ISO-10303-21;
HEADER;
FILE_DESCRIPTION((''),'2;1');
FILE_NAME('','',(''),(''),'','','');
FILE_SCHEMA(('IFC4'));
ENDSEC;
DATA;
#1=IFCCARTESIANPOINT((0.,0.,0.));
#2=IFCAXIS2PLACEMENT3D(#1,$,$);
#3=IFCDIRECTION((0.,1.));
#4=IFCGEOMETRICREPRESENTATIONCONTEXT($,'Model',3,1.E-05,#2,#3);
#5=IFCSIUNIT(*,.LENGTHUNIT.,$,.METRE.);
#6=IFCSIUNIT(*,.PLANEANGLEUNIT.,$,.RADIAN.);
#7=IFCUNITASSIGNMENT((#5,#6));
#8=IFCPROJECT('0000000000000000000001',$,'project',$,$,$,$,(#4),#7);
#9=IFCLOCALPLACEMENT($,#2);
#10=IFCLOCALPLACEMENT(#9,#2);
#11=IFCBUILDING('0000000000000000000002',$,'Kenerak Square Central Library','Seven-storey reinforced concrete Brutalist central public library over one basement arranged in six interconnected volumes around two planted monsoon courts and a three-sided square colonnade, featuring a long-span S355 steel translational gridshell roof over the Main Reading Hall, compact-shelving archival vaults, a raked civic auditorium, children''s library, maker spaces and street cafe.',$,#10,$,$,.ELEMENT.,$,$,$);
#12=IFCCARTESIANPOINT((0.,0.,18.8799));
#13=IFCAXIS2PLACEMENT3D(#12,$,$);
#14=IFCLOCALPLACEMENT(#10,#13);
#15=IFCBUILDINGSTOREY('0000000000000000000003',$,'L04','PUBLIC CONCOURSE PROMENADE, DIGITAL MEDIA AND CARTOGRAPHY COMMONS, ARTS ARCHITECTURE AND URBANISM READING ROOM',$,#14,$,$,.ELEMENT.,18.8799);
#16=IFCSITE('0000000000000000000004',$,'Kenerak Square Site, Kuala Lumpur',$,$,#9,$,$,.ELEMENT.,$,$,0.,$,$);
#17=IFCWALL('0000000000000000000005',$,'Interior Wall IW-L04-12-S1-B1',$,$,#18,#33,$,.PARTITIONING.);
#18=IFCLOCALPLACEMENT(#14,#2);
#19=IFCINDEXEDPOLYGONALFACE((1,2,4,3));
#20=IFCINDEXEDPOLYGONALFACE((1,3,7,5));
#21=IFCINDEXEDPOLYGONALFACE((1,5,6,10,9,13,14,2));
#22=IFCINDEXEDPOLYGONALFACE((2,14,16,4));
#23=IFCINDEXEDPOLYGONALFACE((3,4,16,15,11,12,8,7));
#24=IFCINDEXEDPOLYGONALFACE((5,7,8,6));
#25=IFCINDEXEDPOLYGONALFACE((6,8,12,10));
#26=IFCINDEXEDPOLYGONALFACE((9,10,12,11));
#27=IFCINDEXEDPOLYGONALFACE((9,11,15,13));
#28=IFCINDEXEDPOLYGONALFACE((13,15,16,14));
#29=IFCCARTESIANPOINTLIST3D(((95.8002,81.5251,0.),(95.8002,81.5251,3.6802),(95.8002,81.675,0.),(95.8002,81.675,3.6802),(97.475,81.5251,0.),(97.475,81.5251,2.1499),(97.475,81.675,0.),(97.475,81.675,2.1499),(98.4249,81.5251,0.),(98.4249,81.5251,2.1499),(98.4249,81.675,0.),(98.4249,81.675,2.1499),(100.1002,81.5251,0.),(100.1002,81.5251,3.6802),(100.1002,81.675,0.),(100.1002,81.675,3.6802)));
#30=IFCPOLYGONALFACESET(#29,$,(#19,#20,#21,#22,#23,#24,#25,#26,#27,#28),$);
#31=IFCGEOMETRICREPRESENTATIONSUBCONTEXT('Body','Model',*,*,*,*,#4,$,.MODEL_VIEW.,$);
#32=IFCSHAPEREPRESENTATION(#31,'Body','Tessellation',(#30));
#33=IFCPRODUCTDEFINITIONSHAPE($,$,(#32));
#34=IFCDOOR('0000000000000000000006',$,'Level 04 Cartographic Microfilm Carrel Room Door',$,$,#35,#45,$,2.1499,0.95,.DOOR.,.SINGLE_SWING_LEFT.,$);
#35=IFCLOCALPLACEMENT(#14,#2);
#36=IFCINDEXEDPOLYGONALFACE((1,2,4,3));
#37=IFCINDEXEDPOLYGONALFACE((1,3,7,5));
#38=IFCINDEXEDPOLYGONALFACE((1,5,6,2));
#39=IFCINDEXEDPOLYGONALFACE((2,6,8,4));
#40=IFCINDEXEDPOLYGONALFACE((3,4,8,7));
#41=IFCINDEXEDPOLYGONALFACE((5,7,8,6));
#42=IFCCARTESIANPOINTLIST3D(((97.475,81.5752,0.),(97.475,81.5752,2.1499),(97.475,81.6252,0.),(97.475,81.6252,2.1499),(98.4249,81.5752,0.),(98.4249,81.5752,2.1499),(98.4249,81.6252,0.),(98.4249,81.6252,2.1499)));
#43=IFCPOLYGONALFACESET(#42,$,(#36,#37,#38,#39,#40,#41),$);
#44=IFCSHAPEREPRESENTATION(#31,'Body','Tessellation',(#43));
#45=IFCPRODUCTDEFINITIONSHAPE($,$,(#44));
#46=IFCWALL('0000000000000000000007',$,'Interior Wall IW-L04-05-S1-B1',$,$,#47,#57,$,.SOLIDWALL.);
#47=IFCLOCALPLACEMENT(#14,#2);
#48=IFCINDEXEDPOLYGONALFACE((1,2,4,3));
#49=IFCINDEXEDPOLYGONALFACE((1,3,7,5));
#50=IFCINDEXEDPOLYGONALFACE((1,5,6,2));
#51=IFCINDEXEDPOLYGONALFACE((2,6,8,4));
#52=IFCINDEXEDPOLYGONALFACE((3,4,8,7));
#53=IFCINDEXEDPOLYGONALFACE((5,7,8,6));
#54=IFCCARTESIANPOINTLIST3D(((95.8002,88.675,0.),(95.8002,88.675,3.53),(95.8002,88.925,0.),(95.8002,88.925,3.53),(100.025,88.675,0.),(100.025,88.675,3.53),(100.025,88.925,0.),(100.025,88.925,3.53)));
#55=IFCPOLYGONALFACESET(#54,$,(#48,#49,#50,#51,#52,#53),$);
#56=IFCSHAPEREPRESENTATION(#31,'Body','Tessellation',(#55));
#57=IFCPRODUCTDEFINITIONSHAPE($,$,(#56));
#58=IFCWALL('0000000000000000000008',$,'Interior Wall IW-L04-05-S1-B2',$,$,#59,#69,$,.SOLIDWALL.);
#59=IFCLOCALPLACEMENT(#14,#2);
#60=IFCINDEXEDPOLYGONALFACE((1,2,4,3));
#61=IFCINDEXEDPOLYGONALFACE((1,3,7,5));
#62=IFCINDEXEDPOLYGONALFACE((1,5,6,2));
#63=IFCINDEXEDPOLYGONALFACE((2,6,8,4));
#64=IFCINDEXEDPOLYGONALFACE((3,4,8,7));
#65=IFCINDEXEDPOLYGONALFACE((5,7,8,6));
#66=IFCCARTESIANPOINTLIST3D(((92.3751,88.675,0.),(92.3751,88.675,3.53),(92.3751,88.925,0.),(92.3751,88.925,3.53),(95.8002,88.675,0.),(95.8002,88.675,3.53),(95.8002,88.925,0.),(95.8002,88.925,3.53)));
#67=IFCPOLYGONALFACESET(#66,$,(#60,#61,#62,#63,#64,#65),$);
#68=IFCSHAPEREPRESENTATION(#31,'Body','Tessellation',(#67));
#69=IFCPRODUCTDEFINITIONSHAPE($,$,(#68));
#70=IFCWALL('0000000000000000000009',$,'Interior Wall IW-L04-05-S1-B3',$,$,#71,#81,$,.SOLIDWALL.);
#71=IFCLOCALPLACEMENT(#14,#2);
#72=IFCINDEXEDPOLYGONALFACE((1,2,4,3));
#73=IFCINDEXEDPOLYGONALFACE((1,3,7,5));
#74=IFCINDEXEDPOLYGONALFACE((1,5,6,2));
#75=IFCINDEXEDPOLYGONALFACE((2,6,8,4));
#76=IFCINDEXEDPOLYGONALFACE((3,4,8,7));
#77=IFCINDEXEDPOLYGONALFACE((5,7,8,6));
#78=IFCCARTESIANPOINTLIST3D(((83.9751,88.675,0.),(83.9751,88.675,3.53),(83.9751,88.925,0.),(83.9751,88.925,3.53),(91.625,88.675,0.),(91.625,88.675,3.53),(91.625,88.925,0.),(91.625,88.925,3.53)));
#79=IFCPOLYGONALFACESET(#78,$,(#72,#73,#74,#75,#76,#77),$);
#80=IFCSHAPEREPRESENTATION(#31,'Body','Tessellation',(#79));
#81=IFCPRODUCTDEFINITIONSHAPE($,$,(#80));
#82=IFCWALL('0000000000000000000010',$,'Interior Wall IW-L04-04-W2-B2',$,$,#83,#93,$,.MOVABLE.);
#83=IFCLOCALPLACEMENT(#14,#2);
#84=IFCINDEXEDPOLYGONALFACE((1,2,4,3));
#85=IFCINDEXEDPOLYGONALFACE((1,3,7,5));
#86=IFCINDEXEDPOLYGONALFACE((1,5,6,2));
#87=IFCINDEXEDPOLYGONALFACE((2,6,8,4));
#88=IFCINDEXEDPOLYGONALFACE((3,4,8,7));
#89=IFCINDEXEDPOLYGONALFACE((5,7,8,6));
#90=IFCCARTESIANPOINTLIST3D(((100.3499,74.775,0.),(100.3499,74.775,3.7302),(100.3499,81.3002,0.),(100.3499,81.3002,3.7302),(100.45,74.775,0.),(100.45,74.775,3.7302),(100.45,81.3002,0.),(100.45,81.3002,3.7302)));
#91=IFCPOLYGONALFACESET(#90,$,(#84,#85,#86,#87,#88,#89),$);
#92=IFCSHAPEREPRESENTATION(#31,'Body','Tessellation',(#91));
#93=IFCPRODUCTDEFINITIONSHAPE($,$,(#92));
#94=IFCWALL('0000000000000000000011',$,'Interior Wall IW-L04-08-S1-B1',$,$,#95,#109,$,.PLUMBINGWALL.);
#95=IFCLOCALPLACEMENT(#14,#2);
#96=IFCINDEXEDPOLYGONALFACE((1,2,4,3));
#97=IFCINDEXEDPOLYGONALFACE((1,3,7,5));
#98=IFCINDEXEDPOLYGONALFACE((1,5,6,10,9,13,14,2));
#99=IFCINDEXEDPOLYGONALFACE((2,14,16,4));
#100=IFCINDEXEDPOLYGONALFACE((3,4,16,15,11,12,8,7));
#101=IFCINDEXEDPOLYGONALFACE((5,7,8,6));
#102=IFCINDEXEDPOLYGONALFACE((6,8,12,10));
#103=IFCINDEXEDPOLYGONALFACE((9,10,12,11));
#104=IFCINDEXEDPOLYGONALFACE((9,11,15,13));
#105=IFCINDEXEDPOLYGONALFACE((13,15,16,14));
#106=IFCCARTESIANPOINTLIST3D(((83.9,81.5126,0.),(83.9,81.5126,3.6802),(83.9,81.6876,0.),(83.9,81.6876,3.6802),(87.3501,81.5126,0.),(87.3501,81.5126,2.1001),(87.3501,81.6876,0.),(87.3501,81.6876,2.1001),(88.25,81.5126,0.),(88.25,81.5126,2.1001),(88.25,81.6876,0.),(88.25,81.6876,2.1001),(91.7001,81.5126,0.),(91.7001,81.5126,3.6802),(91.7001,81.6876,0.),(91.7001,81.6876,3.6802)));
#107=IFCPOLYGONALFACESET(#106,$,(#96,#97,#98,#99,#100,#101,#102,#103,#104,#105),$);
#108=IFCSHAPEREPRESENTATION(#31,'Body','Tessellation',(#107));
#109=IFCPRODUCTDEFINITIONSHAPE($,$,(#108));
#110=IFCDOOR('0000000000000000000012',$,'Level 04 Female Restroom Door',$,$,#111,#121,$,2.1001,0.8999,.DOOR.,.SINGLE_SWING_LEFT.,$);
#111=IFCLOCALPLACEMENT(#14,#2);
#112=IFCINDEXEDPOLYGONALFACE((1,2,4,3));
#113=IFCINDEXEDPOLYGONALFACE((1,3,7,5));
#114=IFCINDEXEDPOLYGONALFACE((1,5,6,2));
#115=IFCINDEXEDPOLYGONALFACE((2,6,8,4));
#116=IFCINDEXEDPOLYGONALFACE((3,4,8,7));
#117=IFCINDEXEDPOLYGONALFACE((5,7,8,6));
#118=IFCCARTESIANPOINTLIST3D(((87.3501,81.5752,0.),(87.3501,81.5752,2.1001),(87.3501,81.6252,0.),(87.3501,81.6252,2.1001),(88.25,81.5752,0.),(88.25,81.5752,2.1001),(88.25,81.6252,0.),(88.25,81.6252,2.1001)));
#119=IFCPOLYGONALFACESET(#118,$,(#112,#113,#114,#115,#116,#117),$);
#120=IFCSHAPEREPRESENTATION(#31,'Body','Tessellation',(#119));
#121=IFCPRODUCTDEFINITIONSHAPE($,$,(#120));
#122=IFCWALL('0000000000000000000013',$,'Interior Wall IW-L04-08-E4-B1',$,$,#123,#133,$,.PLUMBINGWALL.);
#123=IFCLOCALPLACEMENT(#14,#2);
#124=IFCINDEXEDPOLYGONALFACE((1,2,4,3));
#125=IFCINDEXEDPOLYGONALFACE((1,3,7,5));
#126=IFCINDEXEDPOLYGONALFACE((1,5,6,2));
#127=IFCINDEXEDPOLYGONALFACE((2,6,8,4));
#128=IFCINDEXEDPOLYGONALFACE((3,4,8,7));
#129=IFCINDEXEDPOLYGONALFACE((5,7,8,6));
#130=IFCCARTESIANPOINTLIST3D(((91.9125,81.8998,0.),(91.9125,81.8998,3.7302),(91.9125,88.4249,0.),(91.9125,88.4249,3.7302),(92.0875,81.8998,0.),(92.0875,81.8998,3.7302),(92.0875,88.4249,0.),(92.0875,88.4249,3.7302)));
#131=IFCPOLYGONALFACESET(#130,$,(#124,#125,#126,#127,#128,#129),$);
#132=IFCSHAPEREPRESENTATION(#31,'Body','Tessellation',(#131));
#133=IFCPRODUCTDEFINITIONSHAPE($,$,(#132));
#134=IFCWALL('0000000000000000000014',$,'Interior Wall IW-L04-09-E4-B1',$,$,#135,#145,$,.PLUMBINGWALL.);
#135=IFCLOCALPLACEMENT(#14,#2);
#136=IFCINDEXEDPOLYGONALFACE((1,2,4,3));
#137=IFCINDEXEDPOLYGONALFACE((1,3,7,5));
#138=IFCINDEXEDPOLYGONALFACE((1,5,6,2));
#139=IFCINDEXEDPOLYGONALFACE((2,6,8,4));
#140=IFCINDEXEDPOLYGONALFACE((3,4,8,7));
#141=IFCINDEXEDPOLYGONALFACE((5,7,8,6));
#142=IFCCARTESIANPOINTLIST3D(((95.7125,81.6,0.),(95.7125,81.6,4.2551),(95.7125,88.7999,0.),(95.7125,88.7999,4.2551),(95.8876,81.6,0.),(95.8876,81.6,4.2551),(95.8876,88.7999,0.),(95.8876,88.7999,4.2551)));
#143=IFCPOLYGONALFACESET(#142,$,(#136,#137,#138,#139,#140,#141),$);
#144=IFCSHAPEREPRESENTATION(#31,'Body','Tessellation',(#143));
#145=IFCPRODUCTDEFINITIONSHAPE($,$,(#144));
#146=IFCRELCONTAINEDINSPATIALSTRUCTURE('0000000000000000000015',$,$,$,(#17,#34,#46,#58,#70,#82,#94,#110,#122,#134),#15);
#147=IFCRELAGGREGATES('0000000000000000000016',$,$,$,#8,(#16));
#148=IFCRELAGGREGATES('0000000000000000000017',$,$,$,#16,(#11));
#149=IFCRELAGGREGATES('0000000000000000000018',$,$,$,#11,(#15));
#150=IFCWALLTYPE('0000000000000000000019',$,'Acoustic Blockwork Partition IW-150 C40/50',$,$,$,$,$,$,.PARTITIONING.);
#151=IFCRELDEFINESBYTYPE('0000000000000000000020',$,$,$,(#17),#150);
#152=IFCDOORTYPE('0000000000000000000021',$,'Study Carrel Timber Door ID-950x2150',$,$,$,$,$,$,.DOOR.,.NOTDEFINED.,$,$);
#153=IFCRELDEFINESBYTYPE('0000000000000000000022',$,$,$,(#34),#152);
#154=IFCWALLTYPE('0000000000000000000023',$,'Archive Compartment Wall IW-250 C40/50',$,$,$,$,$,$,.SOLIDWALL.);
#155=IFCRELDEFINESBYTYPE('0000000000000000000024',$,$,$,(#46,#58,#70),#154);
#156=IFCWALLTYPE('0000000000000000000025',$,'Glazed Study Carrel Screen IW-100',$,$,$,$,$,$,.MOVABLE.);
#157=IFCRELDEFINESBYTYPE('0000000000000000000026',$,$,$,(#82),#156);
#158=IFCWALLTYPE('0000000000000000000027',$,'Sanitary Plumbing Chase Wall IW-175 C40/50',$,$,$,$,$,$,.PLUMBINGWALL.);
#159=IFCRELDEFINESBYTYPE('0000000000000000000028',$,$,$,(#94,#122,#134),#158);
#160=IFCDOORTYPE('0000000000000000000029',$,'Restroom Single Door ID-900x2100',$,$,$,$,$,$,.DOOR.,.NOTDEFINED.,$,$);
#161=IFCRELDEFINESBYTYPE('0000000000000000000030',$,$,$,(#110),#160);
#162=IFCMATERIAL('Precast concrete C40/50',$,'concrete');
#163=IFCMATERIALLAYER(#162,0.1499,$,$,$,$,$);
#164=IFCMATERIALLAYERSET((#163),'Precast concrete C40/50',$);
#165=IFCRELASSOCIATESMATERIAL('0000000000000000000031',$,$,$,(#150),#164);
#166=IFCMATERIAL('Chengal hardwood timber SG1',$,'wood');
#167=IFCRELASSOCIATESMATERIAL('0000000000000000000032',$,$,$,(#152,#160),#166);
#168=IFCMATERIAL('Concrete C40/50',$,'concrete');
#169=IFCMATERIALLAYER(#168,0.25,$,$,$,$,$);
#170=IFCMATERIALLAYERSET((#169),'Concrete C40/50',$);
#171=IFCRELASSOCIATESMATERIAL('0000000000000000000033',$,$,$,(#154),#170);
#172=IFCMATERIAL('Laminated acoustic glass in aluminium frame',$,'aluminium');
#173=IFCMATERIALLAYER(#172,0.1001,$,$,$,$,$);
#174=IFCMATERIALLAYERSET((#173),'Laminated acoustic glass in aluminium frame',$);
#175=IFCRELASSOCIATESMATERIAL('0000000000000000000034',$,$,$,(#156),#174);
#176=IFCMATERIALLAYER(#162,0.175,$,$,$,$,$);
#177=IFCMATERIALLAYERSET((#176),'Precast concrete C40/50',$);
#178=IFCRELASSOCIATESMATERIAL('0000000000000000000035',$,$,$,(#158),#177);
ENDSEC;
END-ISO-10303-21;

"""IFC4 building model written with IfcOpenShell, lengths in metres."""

from ifc_helpers import new_model, si_unit, direction, frame, frame_2d, origin, place, context, subcontext, project, spatial, rectangle, extrude, material, layer, layer_set, type_object, element, fill, save


model = new_model("IFC4")

# Units and contexts
model_context = context("Model", 3, precision=1e-05, world=origin(), true_north=direction((0.0, 1.0)))
body_context = subcontext(model_context, "Body", "Model", "MODEL_VIEW")
ifc_project = project(units=[si_unit("LENGTHUNIT", "METRE"), si_unit("PLANEANGLEUNIT", "RADIAN")], contexts=[model_context])

# Site, building, storey
site_placement = place(None, origin())
site = spatial("IfcSite", under=ifc_project, at=site_placement, Name="Kenerak Square Site, Kuala Lumpur", CompositionType="ELEMENT", RefElevation=0.0)
building_placement = place(site_placement, origin())
building = spatial("IfcBuilding", under=site, at=building_placement, Name="Kenerak Square Central Library", Description="Seven-storey reinforced concrete Brutalist central public library over one basement arranged in six interconnected volumes around two planted monsoon courts and a three-sided square colonnade, featuring a long-span S355 steel translational gridshell roof over the Main Reading Hall, compact-shelving archival vaults, a raked civic auditorium, children's library, maker spaces and street cafe.", CompositionType="ELEMENT")
storey_placement = place(building_placement, frame((0.0, 0.0, 18.8799)))
storey = spatial("IfcBuildingStorey", under=building, at=storey_placement, Name="L04", Description="PUBLIC CONCOURSE PROMENADE, DIGITAL MEDIA AND CARTOGRAPHY COMMONS, ARTS ARCHITECTURE AND URBANISM READING ROOM", CompositionType="ELEMENT", Elevation=18.8799)

# Shared definitions
ifc_material_1 = material(Name="Concrete C40/50", Category="concrete")

# Wall, opening, door
ifc_material_2 = material(Name="Precast concrete C40/50", Category="concrete")
ifc_layer_1 = layer(ifc_material_2, 0.1499)
ifc_layer_set_1 = layer_set([ifc_layer_1], Name="Precast concrete C40/50")
wall_type_1 = type_object("IfcWallType", Name="Acoustic Blockwork Partition IW-150 C40/50", PredefinedType="PARTITIONING", material=ifc_layer_set_1)
wall_1_placement = place(storey_placement, frame((100.1001, 81.6001, 0.0), z_axis=(0.0, 0.0, 1.0), x_axis=(-1.0, 0.0, 0.0)))
wall_1 = element("IfcWall", 1, at=wall_1_placement, inside=storey, type_object=wall_type_1, Name="Interior Wall IW-L04-12-S1-B1", PredefinedType="PARTITIONING", context=body_context, shape_type="SweptSolid", body=[
    extrude(rectangle(XDim=4.3, YDim=0.1499, at=frame_2d((2.1499, 0.0))), origin(), (0.0, 0.0, 1.0), 3.6802),
])
opening_1_placement = place(wall_1_placement, frame((1.675, 0.0, 0.0)))
opening_1 = element("IfcOpeningElement", 2, at=opening_1_placement, cuts=wall_1, PredefinedType="OPENING", context=body_context, shape_type="SweptSolid", body=[
    extrude(rectangle(XDim=0.95, YDim=2.1499, at=frame_2d((0.4751, 1.075))), frame((0.0, 0.085, 0.0), z_axis=(0.0, -1.0, 0.0), x_axis=(1.0, 0.0, 0.0)), (0.0, 0.0, 1.0), 0.1699),
])
ifc_material_3 = material(Name="Chengal hardwood timber SG1", Category="wood")
door_type_1 = type_object("IfcDoorType", Name="Study Carrel Timber Door ID-950x2150", OperationType="NOTDEFINED", PredefinedType="DOOR", material=ifc_material_3)
door_1_placement = place(opening_1_placement, origin())
door_1 = element("IfcDoor", 3, at=door_1_placement, inside=storey, type_object=door_type_1, Name="Level 04 Cartographic Microfilm Carrel Room Door", OperationType="SINGLE_SWING_LEFT", OverallHeight=2.1499, OverallWidth=0.95, PredefinedType="DOOR", context=body_context, shape_type="SweptSolid", body=[
    extrude(rectangle(XDim=0.95, YDim=2.1499, at=frame_2d((0.4751, 1.075))), frame((0.0, 0.0249, 0.0), z_axis=(0.0, -1.0, 0.0), x_axis=(1.0, 0.0, 0.0)), (0.0, 0.0, 1.0), 0.05),
])
fill(opening_1, door_1)

# Walls
ifc_layer_2 = layer(ifc_material_1, 0.25)
ifc_layer_set_2 = layer_set([ifc_layer_2], Name="Concrete C40/50")
wall_type_2 = type_object("IfcWallType", Name="Archive Compartment Wall IW-250 C40/50", PredefinedType="SOLIDWALL", material=ifc_layer_set_2)
wall_2_placement = place(storey_placement, frame((100.0249, 88.8, 0.0), z_axis=(0.0, 0.0, 1.0), x_axis=(-1.0, 0.0, 0.0)))
element("IfcWall", 4, at=wall_2_placement, inside=storey, type_object=wall_type_2, Name="Interior Wall IW-L04-05-S1-B1", PredefinedType="SOLIDWALL", context=body_context, shape_type="SweptSolid", body=[
    extrude(rectangle(XDim=4.2249, YDim=0.25, at=frame_2d((2.1123, 0.0))), origin(), (0.0, 0.0, 1.0), 3.53),
])
wall_3_placement = place(storey_placement, frame((95.8, 88.8, 0.0), z_axis=(0.0, 0.0, 1.0), x_axis=(-1.0, 0.0, 0.0)))
element("IfcWall", 5, at=wall_3_placement, inside=storey, type_object=wall_type_2, Name="Interior Wall IW-L04-05-S1-B2", PredefinedType="SOLIDWALL", context=body_context, shape_type="SweptSolid", body=[
    extrude(rectangle(XDim=3.425, YDim=0.25, at=frame_2d((1.7124, 0.0))), origin(), (0.0, 0.0, 1.0), 3.53),
])
wall_4_placement = place(storey_placement, frame((91.625, 88.8, 0.0), z_axis=(0.0, 0.0, 1.0), x_axis=(-1.0, 0.0, 0.0)))
element("IfcWall", 6, at=wall_4_placement, inside=storey, type_object=wall_type_2, Name="Interior Wall IW-L04-05-S1-B3", PredefinedType="SOLIDWALL", context=body_context, shape_type="SweptSolid", body=[
    extrude(rectangle(XDim=7.6499, YDim=0.25, at=frame_2d((3.825, 0.0))), origin(), (0.0, 0.0, 1.0), 3.53),
])
ifc_material_4 = material(Name="Laminated acoustic glass in aluminium frame", Category="aluminium")
ifc_layer_3 = layer(ifc_material_4, 0.1001)
ifc_layer_set_3 = layer_set([ifc_layer_3], Name="Laminated acoustic glass in aluminium frame")
wall_type_3 = type_object("IfcWallType", Name="Glazed Study Carrel Screen IW-100", PredefinedType="MOVABLE", material=ifc_layer_set_3)
wall_5_placement = place(storey_placement, frame((100.3999, 74.7749, 0.0), z_axis=(0.0, 0.0, 1.0), x_axis=(0.0, 1.0, 0.0)))
element("IfcWall", 7, at=wall_5_placement, inside=storey, type_object=wall_type_3, Name="Interior Wall IW-L04-04-W2-B2", PredefinedType="MOVABLE", context=body_context, shape_type="SweptSolid", body=[
    extrude(rectangle(XDim=6.5251, YDim=0.1001, at=frame_2d((3.2627, 0.0))), origin(), (0.0, 0.0, 1.0), 3.7302),
])

# Wall, opening, door
ifc_layer_4 = layer(ifc_material_2, 0.175)
ifc_layer_set_4 = layer_set([ifc_layer_4], Name="Precast concrete C40/50")
wall_type_4 = type_object("IfcWallType", Name="Sanitary Plumbing Chase Wall IW-175 C40/50", PredefinedType="PLUMBINGWALL", material=ifc_layer_set_4)
wall_6_placement = place(storey_placement, frame((91.7, 81.6001, 0.0), z_axis=(0.0, 0.0, 1.0), x_axis=(-1.0, 0.0, 0.0)))
wall_6 = element("IfcWall", 8, at=wall_6_placement, inside=storey, type_object=wall_type_4, Name="Interior Wall IW-L04-08-S1-B1", PredefinedType="PLUMBINGWALL", context=body_context, shape_type="SweptSolid", body=[
    extrude(rectangle(XDim=7.8, YDim=0.175, at=frame_2d((3.8999, 0.0))), origin(), (0.0, 0.0, 1.0), 3.6802),
])
opening_2_placement = place(wall_6_placement, frame((3.45, 0.0, 0.0)))
opening_2 = element("IfcOpeningElement", 9, at=opening_2_placement, cuts=wall_6, PredefinedType="OPENING", context=body_context, shape_type="SweptSolid", body=[
    extrude(rectangle(XDim=0.8999, YDim=2.1001, at=frame_2d((0.45, 1.05))), frame((0.0, 0.0974, 0.0), z_axis=(0.0, -1.0, 0.0), x_axis=(1.0, 0.0, 0.0)), (0.0, 0.0, 1.0), 0.1951),
])
door_type_2 = type_object("IfcDoorType", Name="Restroom Single Door ID-900x2100", OperationType="NOTDEFINED", PredefinedType="DOOR", material=ifc_material_3)
door_2_placement = place(opening_2_placement, origin())
door_2 = element("IfcDoor", 10, at=door_2_placement, inside=storey, type_object=door_type_2, Name="Level 04 Female Restroom Door", OperationType="SINGLE_SWING_LEFT", OverallHeight=2.1001, OverallWidth=0.8999, PredefinedType="DOOR", context=body_context, shape_type="SweptSolid", body=[
    extrude(rectangle(XDim=0.8999, YDim=2.1001, at=frame_2d((0.45, 1.05))), frame((0.0, 0.0249, 0.0), z_axis=(0.0, -1.0, 0.0), x_axis=(1.0, 0.0, 0.0)), (0.0, 0.0, 1.0), 0.05),
])
fill(opening_2, door_2)

# Walls
wall_7_placement = place(storey_placement, frame((92.0, 88.425, 0.0), z_axis=(0.0, 0.0, 1.0), x_axis=(0.0, -1.0, 0.0)))
element("IfcWall", 11, at=wall_7_placement, inside=storey, type_object=wall_type_4, Name="Interior Wall IW-L04-08-E4-B1", PredefinedType="PLUMBINGWALL", context=body_context, shape_type="SweptSolid", body=[
    extrude(rectangle(XDim=6.5251, YDim=0.175, at=frame_2d((3.2627, 0.0))), origin(), (0.0, 0.0, 1.0), 3.7302),
])
wall_8_placement = place(storey_placement, frame((95.8, 88.8, 0.0), z_axis=(0.0, 0.0, 1.0), x_axis=(0.0, -1.0, 0.0)))
element("IfcWall", 12, at=wall_8_placement, inside=storey, type_object=wall_type_4, Name="Interior Wall IW-L04-09-E4-B1", PredefinedType="PLUMBINGWALL", context=body_context, shape_type="SweptSolid", body=[
    extrude(rectangle(XDim=7.2, YDim=0.175, at=frame_2d((3.6001, 0.0))), origin(), (0.0, 0.0, 1.0), 4.2551),
])

save(model, "model.ifc")
